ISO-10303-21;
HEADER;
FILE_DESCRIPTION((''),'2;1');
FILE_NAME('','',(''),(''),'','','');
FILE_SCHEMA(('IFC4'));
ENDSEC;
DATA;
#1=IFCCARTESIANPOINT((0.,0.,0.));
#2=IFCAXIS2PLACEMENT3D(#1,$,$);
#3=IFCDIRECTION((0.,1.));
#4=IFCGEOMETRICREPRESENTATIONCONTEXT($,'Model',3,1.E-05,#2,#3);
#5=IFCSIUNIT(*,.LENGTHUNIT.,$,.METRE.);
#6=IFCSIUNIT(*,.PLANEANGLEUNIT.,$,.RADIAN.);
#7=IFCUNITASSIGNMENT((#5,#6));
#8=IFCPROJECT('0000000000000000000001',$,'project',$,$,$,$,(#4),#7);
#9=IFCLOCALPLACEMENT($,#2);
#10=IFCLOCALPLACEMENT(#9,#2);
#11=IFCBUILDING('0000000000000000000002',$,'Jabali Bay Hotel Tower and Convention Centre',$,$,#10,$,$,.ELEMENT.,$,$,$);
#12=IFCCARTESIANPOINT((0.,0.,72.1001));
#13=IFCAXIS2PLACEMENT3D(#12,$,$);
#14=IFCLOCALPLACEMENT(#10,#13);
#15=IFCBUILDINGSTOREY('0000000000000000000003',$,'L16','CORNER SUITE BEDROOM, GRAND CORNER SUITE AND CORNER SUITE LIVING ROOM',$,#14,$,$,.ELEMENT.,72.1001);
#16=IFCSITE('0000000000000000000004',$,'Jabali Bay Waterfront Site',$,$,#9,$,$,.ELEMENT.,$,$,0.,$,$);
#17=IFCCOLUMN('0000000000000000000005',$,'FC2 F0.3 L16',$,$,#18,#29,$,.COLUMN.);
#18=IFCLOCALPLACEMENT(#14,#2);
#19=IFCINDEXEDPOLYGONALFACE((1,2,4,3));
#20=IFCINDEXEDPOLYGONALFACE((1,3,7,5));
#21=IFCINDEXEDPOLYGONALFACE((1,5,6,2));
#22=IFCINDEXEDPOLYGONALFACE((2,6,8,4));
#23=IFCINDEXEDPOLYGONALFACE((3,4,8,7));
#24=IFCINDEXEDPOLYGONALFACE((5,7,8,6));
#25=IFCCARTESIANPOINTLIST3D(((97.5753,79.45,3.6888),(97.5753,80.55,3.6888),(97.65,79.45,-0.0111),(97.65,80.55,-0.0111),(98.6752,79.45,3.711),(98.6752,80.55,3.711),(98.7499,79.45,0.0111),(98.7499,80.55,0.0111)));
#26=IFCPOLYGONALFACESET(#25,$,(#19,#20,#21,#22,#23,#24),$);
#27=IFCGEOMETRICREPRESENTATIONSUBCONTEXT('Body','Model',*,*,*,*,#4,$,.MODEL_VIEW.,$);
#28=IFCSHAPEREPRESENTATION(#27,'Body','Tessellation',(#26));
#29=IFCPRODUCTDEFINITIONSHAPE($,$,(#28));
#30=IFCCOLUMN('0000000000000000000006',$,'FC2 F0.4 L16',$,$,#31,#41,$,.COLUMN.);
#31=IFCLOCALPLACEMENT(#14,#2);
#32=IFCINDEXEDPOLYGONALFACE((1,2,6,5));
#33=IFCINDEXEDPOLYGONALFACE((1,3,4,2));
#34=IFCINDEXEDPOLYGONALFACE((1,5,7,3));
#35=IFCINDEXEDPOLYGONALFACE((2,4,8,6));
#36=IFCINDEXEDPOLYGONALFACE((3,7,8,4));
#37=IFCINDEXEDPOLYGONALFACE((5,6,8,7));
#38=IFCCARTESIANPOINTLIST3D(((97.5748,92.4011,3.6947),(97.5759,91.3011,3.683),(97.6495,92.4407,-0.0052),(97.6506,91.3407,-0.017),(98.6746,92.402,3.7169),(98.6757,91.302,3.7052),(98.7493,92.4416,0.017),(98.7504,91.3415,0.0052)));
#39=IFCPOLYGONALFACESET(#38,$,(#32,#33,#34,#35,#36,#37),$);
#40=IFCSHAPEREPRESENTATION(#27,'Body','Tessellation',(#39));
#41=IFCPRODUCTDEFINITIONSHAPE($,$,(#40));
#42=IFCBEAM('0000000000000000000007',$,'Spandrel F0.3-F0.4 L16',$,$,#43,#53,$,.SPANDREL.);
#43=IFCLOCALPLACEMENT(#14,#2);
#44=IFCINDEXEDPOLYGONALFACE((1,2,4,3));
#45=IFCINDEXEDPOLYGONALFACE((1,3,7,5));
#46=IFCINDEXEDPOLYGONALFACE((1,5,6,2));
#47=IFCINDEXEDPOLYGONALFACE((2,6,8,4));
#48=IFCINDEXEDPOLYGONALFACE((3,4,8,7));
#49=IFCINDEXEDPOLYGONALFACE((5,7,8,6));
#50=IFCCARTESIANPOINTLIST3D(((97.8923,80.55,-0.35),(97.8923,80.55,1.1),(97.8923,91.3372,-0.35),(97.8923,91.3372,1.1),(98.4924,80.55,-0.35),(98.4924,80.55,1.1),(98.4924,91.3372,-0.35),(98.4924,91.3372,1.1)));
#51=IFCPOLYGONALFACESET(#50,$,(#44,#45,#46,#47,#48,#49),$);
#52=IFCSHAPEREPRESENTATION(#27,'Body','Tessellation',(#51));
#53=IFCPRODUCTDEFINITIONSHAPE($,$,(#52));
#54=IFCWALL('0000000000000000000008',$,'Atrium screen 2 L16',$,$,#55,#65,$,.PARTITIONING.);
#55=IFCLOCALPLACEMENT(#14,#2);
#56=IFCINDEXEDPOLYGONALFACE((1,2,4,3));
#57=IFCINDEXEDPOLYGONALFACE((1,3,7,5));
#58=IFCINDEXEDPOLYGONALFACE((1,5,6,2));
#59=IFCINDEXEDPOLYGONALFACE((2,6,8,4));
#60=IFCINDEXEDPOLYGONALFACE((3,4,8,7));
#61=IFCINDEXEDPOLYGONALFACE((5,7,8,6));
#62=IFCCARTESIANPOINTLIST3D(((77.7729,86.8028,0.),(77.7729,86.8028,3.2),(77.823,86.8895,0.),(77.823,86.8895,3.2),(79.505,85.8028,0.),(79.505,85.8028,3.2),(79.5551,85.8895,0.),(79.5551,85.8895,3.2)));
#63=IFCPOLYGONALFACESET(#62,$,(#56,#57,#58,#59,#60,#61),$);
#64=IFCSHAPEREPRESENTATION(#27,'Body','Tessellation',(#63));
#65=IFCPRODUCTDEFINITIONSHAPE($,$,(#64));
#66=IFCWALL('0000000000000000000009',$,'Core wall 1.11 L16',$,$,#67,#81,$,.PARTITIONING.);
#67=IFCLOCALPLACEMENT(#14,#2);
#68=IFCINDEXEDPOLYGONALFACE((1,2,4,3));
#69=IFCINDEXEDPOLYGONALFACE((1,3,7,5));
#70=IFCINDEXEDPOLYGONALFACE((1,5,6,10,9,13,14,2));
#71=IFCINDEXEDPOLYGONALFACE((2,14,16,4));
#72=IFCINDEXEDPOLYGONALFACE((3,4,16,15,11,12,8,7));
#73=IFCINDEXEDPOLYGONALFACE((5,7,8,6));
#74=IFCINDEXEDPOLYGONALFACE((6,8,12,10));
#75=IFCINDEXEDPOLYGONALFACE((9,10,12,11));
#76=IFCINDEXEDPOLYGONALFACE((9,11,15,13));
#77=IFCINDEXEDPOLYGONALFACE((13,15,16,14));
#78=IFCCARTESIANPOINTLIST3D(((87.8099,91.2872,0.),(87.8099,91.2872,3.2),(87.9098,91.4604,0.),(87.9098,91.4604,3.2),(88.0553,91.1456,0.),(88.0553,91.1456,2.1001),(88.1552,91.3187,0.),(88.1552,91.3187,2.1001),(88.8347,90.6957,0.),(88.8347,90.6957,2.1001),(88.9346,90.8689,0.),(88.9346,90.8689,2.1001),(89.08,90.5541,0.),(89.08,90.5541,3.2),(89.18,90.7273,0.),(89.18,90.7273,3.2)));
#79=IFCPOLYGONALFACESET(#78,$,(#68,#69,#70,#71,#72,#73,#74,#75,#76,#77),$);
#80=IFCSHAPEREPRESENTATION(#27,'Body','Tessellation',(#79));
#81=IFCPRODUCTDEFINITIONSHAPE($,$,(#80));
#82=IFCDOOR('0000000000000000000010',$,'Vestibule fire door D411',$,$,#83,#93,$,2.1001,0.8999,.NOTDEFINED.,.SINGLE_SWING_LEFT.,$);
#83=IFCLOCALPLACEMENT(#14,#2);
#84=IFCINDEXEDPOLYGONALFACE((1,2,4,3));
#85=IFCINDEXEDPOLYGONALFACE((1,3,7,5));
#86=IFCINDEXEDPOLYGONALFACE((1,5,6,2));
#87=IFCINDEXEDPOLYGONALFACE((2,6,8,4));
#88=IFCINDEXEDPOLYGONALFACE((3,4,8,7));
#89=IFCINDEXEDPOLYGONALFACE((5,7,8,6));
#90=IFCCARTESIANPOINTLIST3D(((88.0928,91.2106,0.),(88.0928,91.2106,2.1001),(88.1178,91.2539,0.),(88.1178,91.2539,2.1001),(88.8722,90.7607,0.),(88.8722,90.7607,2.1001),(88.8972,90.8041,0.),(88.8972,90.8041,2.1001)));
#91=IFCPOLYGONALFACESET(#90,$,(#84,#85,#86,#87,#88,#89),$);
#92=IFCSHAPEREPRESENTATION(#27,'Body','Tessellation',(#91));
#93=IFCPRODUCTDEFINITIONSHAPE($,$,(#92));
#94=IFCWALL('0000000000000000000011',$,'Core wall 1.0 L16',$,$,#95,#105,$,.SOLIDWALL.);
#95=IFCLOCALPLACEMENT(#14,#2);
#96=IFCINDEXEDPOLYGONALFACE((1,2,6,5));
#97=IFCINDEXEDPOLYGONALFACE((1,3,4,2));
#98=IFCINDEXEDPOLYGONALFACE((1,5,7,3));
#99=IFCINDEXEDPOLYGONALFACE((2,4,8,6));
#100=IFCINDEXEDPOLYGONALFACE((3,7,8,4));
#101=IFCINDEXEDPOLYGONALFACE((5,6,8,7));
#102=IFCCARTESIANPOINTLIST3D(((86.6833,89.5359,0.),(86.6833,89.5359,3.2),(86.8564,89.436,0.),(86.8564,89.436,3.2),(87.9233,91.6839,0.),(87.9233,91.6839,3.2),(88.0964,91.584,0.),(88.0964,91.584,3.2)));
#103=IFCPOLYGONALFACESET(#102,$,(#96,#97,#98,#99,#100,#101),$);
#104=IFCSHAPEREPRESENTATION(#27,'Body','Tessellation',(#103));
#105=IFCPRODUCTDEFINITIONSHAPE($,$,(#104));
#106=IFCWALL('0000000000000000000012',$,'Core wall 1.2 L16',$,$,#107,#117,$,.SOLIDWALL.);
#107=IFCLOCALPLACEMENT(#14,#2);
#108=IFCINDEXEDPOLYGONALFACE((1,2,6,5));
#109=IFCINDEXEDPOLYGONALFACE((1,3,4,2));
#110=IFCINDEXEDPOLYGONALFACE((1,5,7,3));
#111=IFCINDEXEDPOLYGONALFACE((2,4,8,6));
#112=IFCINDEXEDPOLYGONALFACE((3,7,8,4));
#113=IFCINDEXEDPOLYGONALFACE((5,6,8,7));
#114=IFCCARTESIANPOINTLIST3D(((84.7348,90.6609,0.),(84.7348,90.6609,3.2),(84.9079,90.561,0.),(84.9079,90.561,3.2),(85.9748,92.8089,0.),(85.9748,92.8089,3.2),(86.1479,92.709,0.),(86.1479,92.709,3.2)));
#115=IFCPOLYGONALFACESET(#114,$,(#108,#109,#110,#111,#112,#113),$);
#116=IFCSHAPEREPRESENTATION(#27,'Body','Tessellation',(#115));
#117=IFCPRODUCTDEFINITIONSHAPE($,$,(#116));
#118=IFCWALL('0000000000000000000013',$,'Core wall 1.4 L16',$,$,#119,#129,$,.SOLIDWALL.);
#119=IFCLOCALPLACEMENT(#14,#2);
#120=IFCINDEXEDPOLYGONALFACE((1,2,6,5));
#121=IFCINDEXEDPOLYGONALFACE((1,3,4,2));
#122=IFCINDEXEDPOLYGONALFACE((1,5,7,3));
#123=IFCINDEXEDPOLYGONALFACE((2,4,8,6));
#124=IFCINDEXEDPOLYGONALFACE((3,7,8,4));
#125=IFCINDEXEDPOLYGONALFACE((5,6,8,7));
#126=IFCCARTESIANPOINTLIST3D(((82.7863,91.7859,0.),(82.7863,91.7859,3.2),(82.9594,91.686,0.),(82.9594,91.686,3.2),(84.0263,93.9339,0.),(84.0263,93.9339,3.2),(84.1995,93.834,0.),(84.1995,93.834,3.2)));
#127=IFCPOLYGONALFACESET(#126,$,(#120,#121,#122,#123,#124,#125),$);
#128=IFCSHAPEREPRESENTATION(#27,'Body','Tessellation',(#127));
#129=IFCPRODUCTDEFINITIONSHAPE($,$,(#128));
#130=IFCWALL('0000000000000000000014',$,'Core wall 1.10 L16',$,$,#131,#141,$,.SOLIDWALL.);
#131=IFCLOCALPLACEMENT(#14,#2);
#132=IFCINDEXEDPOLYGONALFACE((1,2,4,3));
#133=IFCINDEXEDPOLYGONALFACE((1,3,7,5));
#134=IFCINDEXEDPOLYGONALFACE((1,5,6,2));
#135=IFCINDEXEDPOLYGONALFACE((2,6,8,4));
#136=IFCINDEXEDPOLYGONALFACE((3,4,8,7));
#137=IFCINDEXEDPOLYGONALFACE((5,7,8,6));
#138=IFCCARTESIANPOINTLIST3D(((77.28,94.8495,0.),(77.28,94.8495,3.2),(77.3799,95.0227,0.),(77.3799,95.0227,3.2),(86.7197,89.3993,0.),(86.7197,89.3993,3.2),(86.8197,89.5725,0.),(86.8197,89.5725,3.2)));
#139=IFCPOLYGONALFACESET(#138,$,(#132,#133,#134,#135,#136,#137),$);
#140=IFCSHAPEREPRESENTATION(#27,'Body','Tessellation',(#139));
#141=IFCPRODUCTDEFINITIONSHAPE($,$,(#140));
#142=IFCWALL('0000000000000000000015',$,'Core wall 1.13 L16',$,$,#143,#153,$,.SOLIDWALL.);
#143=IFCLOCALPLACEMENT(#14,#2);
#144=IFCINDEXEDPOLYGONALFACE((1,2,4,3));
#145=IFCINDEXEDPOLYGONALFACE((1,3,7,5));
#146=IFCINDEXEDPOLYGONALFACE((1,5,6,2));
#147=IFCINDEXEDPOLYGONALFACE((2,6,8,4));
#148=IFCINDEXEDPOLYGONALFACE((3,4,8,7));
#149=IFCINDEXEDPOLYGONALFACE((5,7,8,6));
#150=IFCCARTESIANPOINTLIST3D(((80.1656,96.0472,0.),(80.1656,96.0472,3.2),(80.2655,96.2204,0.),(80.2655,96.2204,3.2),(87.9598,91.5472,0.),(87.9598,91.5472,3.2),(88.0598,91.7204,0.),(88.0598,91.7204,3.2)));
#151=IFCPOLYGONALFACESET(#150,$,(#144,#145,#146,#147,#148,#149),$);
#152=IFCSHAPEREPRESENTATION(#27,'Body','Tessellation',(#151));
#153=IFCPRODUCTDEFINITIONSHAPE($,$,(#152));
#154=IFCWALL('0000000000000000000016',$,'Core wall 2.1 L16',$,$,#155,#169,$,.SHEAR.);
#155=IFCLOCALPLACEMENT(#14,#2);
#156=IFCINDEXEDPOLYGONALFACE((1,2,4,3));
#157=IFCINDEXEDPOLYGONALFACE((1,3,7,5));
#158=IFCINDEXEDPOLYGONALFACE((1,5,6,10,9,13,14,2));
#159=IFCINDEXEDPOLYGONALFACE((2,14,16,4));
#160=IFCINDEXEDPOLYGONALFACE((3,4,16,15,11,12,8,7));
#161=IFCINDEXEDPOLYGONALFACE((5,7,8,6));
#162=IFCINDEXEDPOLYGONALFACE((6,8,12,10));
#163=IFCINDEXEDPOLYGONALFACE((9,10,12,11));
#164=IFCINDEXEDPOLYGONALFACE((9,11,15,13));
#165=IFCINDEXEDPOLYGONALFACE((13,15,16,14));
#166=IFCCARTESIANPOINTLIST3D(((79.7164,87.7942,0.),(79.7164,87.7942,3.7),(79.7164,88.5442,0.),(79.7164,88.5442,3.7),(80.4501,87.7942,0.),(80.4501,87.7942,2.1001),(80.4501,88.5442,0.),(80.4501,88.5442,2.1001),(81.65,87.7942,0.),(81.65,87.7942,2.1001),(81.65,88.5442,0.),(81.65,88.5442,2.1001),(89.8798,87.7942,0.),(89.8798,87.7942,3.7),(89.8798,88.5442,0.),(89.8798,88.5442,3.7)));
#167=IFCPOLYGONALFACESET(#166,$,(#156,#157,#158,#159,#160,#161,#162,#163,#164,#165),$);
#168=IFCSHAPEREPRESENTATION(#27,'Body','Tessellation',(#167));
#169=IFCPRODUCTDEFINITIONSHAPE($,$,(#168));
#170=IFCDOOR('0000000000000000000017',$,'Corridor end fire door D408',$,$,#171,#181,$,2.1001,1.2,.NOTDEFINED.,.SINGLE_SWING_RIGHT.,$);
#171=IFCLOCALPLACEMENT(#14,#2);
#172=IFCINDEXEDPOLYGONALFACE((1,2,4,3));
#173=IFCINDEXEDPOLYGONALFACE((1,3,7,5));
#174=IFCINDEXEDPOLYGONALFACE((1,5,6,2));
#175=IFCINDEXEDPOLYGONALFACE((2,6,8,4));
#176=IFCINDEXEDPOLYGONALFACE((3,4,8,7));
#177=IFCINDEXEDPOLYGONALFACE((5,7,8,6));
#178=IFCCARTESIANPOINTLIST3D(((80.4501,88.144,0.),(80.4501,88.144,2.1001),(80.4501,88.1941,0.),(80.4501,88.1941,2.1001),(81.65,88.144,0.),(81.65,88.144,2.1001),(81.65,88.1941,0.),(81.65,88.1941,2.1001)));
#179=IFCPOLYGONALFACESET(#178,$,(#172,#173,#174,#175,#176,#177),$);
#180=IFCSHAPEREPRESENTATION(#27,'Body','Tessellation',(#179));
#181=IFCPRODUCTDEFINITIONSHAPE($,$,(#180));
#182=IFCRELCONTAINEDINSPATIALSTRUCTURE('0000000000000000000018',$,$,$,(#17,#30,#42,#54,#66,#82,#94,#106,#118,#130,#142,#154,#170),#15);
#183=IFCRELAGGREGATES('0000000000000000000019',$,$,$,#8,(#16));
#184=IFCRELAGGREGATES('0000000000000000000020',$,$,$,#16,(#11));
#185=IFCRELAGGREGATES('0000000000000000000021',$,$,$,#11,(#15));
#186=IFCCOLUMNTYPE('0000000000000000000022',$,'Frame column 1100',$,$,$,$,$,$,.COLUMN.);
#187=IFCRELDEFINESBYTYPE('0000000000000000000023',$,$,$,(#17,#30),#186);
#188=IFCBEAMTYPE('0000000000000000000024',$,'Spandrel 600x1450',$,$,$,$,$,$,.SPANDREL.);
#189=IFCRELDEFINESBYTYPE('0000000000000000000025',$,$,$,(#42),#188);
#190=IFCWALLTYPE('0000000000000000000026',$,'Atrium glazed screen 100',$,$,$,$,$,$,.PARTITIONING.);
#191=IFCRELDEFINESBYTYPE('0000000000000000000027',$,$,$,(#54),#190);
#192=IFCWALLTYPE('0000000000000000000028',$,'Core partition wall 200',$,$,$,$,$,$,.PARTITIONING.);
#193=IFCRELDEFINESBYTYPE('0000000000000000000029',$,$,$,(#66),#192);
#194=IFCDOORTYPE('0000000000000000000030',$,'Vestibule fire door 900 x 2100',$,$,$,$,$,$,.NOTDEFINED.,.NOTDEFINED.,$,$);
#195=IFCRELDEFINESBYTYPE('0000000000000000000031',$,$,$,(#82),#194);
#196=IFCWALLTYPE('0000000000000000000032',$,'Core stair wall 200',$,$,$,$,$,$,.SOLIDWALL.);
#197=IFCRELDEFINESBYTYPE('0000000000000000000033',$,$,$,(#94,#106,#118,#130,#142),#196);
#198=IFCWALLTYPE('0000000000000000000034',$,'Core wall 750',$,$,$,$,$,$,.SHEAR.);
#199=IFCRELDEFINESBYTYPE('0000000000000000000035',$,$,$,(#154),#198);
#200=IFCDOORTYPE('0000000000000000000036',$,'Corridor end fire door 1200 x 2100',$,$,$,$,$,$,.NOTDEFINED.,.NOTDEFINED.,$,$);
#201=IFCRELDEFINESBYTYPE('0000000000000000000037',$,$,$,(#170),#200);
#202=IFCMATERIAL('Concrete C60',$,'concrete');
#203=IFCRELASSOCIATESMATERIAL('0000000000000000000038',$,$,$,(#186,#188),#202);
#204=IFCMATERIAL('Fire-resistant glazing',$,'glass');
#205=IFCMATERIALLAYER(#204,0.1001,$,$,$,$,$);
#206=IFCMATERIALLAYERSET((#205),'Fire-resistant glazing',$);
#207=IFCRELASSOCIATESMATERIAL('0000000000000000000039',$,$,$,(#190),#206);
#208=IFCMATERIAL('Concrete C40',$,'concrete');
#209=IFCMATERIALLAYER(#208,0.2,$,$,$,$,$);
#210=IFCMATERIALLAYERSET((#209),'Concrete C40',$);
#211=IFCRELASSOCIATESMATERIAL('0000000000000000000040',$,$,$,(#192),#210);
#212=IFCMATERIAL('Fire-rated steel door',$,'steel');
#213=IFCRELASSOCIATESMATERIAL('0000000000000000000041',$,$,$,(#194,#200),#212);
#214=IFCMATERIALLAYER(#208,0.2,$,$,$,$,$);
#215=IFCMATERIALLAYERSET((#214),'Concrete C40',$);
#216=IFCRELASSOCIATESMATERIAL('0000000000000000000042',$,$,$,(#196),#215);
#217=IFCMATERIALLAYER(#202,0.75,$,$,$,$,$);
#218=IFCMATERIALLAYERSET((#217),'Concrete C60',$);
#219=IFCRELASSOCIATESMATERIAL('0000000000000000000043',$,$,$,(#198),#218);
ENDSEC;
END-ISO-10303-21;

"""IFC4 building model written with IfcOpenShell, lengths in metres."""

from ifc_helpers import new_model, si_unit, direction, frame, frame_2d, origin, origin_2d, place, context, subcontext, project, spatial, rectangle, extrude, material, layer, layer_set, material_profile, profile_set, type_object, element, fill, save


model = new_model("IFC4")

# Units and contexts
model_context = context("Model", 3, precision=1e-05, world=origin(), true_north=direction((0.0, 1.0)))
body_context = subcontext(model_context, "Body", "Model", "MODEL_VIEW")
ifc_project = project(units=[si_unit("LENGTHUNIT", "METRE"), si_unit("PLANEANGLEUNIT", "RADIAN")], contexts=[model_context])

# Site, building, storey
site_placement = place(None, origin())
site = spatial("IfcSite", under=ifc_project, at=site_placement, Name="Jabali Bay Waterfront Site", CompositionType="ELEMENT", RefElevation=0.0)
building_placement = place(site_placement, origin())
building = spatial("IfcBuilding", under=site, at=building_placement, Name="Jabali Bay Hotel Tower and Convention Centre", CompositionType="ELEMENT")
storey_placement = place(building_placement, frame((0.0, 0.0, 72.1001)))
storey = spatial("IfcBuildingStorey", under=building, at=storey_placement, Name="L16", Description="CORNER SUITE BEDROOM, GRAND CORNER SUITE AND CORNER SUITE LIVING ROOM", CompositionType="ELEMENT", Elevation=72.1001)

# Columns
ifc_material_1 = material(Name="Concrete C60", Category="concrete")
ifc_material_profile_1 = material_profile(ifc_material_1, rectangle(XDim=1.1001, YDim=1.1001, at=origin_2d()), Name="Frame column 1100")
ifc_profile_set_1 = profile_set([ifc_material_profile_1], Name="Concrete C60")
column_type = type_object("IfcColumnType", Name="Frame column 1100", PredefinedType="COLUMN", material=ifc_profile_set_1)
column_1_placement = place(storey_placement, frame((98.2, 80.0, 0.0), z_axis=(-0.020187, 0.0, 0.999796), x_axis=(0.0, -1.0, 0.0)))
element("IfcColumn", 1, at=column_1_placement, inside=storey, type_object=column_type, Name="FC2 F0.3 L16", PredefinedType="COLUMN", context=body_context, shape_type="SweptSolid", body=[
    extrude(rectangle(XDim=1.1001, YDim=1.1001, at=origin_2d()), origin(), (0.0, 0.0, 1.0), 3.7007),
])
column_2_placement = place(storey_placement, frame((98.2, 91.8911, 0.0), z_axis=(-0.020186, -0.010687, 0.999739), x_axis=(0.999796, 0.000797, 0.020196)))
element("IfcColumn", 2, at=column_2_placement, inside=storey, type_object=column_type, Name="FC2 F0.4 L16", PredefinedType="COLUMN", context=body_context, shape_type="SweptSolid", body=[
    extrude(rectangle(XDim=1.1001, YDim=1.1001, at=origin_2d()), origin(), (0.0, 0.0, 1.0), 3.7009),
])

# Beam
ifc_material_profile_2 = material_profile(ifc_material_1, rectangle(XDim=0.6001, YDim=1.45, at=origin_2d()), Name="Spandrel 600x1450")
ifc_profile_set_2 = profile_set([ifc_material_profile_2], Name="Concrete C60")
beam_type = type_object("IfcBeamType", Name="Spandrel 600x1450", PredefinedType="SPANDREL", material=ifc_profile_set_2)
beam_placement = place(storey_placement, frame((98.1924, 80.55, 0.375), z_axis=(0.0, 1.0, 0.0), x_axis=(-1.0, 0.0, 0.0)))
element("IfcBeam", 3, at=beam_placement, inside=storey, type_object=beam_type, Name="Spandrel F0.3-F0.4 L16", PredefinedType="SPANDREL", context=body_context, shape_type="SweptSolid", body=[
    extrude(rectangle(XDim=0.6001, YDim=1.45, at=origin_2d()), origin(), (0.0, 0.0, 1.0), 10.7871),
])

# Wall
ifc_material_2 = material(Name="Fire-resistant glazing", Category="glass")
ifc_layer_1 = layer(ifc_material_2, 0.1001)
ifc_layer_set_1 = layer_set([ifc_layer_1], Name="Fire-resistant glazing")
wall_type_1 = type_object("IfcWallType", Name="Atrium glazed screen 100", PredefinedType="PARTITIONING", material=ifc_layer_set_1)
wall_1_placement = place(storey_placement, frame((79.53, 85.8462, 0.0), z_axis=(0.0, 0.0, 1.0), x_axis=(-0.866041, 0.499973, 0.0)))
element("IfcWall", 4, at=wall_1_placement, inside=storey, type_object=wall_type_1, Name="Atrium screen 2 L16", PredefinedType="PARTITIONING", context=body_context, shape_type="SweptSolid", body=[
    extrude(rectangle(XDim=2.0, YDim=0.1001, at=frame_2d((1.0, 0.0))), origin(), (0.0, 0.0, 1.0), 3.2),
])

# Wall, opening, door
ifc_material_3 = material(Name="Concrete C40", Category="concrete")
ifc_layer_2 = layer(ifc_material_3, 0.2)
ifc_layer_set_2 = layer_set([ifc_layer_2], Name="Concrete C40")
wall_type_2 = type_object("IfcWallType", Name="Core partition wall 200", PredefinedType="PARTITIONING", material=ifc_layer_set_2)
wall_2_placement = place(storey_placement, frame((89.1301, 90.6406, 0.0), z_axis=(0.0, 0.0, 1.0), x_axis=(-0.866094, 0.499881, 0.0)))
wall_2 = element("IfcWall", 5, at=wall_2_placement, inside=storey, type_object=wall_type_2, Name="Core wall 1.11 L16", PredefinedType="PARTITIONING", context=body_context, shape_type="SweptSolid", body=[
    extrude(rectangle(XDim=1.4666, YDim=0.2, at=frame_2d((0.7334, 0.0))), origin(), (0.0, 0.0, 1.0), 3.2),
])
opening_1_placement = place(wall_2_placement, frame((0.2834, 0.0, 0.0)))
opening_1 = element("IfcOpeningElement", 6, at=opening_1_placement, cuts=wall_2, PredefinedType="OPENING", context=body_context, shape_type="SweptSolid", body=[
    extrude(rectangle(XDim=0.8999, YDim=2.1001, at=frame_2d((0.45, 1.05))), frame((0.0, 0.1104, 0.0), z_axis=(0.0, -1.0, 0.0), x_axis=(1.0, 0.0, 0.0)), (0.0, 0.0, 1.0), 0.2209),
])
ifc_material_4 = material(Name="Fire-rated steel door", Category="steel")
door_type_1 = type_object("IfcDoorType", Name="Vestibule fire door 900 x 2100", OperationType="NOTDEFINED", PredefinedType="NOTDEFINED", material=ifc_material_4)
door_1_placement = place(opening_1_placement, origin())
door_1 = element("IfcDoor", 7, at=door_1_placement, inside=storey, type_object=door_type_1, Name="Vestibule fire door D411", OperationType="SINGLE_SWING_LEFT", OverallHeight=2.1001, OverallWidth=0.8999, PredefinedType="NOTDEFINED", context=body_context, shape_type="SweptSolid", body=[
    extrude(rectangle(XDim=0.8999, YDim=2.1001, at=frame_2d((0.45, 1.05))), frame((0.0, 0.0249, 0.0), z_axis=(0.0, -1.0, 0.0), x_axis=(1.0, 0.0, 0.0)), (0.0, 0.0, 1.0), 0.05),
])
fill(opening_1, door_1)

# Walls
ifc_layer_3 = layer(ifc_material_3, 0.2)
ifc_layer_set_3 = layer_set([ifc_layer_3], Name="Concrete C40")
wall_type_3 = type_object("IfcWallType", Name="Core stair wall 200", PredefinedType="SOLIDWALL", material=ifc_layer_set_3)
for number, where, z_axis, x_axis, name in (
    (8, (86.7698, 89.4858, 0.0), (0.0, 0.0, 1.0), (0.499961, 0.866048, 0.0), "Core wall 1.0 L16"),
    (9, (84.8213, 90.6108, 0.0), (0.0, 0.0, 1.0), (0.499961, 0.866048, 0.0), "Core wall 1.2 L16"),
    (10, (82.8728, 91.7358, 0.0), (0.0, 0.0, 1.0), (0.499961, 0.866048, 0.0), "Core wall 1.4 L16"),
):
    element("IfcWall", number, at=place(storey_placement, frame(where, z_axis=z_axis, x_axis=x_axis)), inside=storey, type_object=wall_type_3, Name=name, PredefinedType="SOLIDWALL", context=body_context, shape_type="SweptSolid", body=[
        extrude(rectangle(XDim=2.4802, YDim=0.2, at=frame_2d((1.2402, 0.0))), origin(), (0.0, 0.0, 1.0), 3.2),
    ])
wall_3_placement = place(storey_placement, frame((86.7698, 89.4858, 0.0), z_axis=(0.0, 0.0, 1.0), x_axis=(-0.866018, 0.500013, 0.0)))
element("IfcWall", 11, at=wall_3_placement, inside=storey, type_object=wall_type_3, Name="Core wall 1.10 L16", PredefinedType="SOLIDWALL", context=body_context, shape_type="SweptSolid", body=[
    extrude(rectangle(XDim=10.9001, YDim=0.2, at=frame_2d((5.4502, 0.0))), origin(), (0.0, 0.0, 1.0), 3.2),
])
wall_4_placement = place(storey_placement, frame((88.0098, 91.6338, 0.0), z_axis=(0.0, 0.0, 1.0), x_axis=(-0.866024, 0.500002, 0.0)))
element("IfcWall", 12, at=wall_4_placement, inside=storey, type_object=wall_type_3, Name="Core wall 1.13 L16", PredefinedType="SOLIDWALL", context=body_context, shape_type="SweptSolid", body=[
    extrude(rectangle(XDim=9.0, YDim=0.2, at=frame_2d((4.5, 0.0))), origin(), (0.0, 0.0, 1.0), 3.2),
])

# Wall, opening, door
ifc_layer_4 = layer(ifc_material_1, 0.75)
ifc_layer_set_4 = layer_set([ifc_layer_4], Name="Concrete C60")
wall_type_4 = type_object("IfcWallType", Name="Core wall 750", PredefinedType="SHEAR", material=ifc_layer_set_4)
wall_5_placement = place(storey_placement, frame((79.7166, 88.1692, 0.0), z_axis=(0.0, 0.0, 1.0), x_axis=(1.0, 0.0, 0.0)))
wall_5 = element("IfcWall", 13, at=wall_5_placement, inside=storey, type_object=wall_type_4, Name="Core wall 2.1 L16", PredefinedType="SHEAR", context=body_context, shape_type="SweptSolid", body=[
    extrude(rectangle(XDim=10.1633, YDim=0.75, at=frame_2d((5.0815, 0.0))), origin(), (0.0, 0.0, 1.0), 3.7),
])
opening_2_placement = place(wall_5_placement, frame((0.7334, 0.0, 0.0)))
opening_2 = element("IfcOpeningElement", 14, at=opening_2_placement, cuts=wall_5, PredefinedType="OPENING", context=body_context, shape_type="SweptSolid", body=[
    extrude(rectangle(XDim=1.2, YDim=2.1001, at=frame_2d((0.6001, 1.05))), frame((0.0, 0.3855, 0.0), z_axis=(0.0, -1.0, 0.0), x_axis=(1.0, 0.0, 0.0)), (0.0, 0.0, 1.0), 0.771),
])
door_type_2 = type_object("IfcDoorType", Name="Corridor end fire door 1200 x 2100", OperationType="NOTDEFINED", PredefinedType="NOTDEFINED", material=ifc_material_4)
door_2_placement = place(opening_2_placement, origin())
door_2 = element("IfcDoor", 15, at=door_2_placement, inside=storey, type_object=door_type_2, Name="Corridor end fire door D408", OperationType="SINGLE_SWING_RIGHT", OverallHeight=2.1001, OverallWidth=1.2, PredefinedType="NOTDEFINED", context=body_context, shape_type="SweptSolid", body=[
    extrude(rectangle(XDim=1.2, YDim=2.1001, at=frame_2d((0.6001, 1.05))), frame((0.0, 0.0249, 0.0), z_axis=(0.0, -1.0, 0.0), x_axis=(1.0, 0.0, 0.0)), (0.0, 0.0, 1.0), 0.05),
])
fill(opening_2, door_2)

save(model, "model.ifc")
